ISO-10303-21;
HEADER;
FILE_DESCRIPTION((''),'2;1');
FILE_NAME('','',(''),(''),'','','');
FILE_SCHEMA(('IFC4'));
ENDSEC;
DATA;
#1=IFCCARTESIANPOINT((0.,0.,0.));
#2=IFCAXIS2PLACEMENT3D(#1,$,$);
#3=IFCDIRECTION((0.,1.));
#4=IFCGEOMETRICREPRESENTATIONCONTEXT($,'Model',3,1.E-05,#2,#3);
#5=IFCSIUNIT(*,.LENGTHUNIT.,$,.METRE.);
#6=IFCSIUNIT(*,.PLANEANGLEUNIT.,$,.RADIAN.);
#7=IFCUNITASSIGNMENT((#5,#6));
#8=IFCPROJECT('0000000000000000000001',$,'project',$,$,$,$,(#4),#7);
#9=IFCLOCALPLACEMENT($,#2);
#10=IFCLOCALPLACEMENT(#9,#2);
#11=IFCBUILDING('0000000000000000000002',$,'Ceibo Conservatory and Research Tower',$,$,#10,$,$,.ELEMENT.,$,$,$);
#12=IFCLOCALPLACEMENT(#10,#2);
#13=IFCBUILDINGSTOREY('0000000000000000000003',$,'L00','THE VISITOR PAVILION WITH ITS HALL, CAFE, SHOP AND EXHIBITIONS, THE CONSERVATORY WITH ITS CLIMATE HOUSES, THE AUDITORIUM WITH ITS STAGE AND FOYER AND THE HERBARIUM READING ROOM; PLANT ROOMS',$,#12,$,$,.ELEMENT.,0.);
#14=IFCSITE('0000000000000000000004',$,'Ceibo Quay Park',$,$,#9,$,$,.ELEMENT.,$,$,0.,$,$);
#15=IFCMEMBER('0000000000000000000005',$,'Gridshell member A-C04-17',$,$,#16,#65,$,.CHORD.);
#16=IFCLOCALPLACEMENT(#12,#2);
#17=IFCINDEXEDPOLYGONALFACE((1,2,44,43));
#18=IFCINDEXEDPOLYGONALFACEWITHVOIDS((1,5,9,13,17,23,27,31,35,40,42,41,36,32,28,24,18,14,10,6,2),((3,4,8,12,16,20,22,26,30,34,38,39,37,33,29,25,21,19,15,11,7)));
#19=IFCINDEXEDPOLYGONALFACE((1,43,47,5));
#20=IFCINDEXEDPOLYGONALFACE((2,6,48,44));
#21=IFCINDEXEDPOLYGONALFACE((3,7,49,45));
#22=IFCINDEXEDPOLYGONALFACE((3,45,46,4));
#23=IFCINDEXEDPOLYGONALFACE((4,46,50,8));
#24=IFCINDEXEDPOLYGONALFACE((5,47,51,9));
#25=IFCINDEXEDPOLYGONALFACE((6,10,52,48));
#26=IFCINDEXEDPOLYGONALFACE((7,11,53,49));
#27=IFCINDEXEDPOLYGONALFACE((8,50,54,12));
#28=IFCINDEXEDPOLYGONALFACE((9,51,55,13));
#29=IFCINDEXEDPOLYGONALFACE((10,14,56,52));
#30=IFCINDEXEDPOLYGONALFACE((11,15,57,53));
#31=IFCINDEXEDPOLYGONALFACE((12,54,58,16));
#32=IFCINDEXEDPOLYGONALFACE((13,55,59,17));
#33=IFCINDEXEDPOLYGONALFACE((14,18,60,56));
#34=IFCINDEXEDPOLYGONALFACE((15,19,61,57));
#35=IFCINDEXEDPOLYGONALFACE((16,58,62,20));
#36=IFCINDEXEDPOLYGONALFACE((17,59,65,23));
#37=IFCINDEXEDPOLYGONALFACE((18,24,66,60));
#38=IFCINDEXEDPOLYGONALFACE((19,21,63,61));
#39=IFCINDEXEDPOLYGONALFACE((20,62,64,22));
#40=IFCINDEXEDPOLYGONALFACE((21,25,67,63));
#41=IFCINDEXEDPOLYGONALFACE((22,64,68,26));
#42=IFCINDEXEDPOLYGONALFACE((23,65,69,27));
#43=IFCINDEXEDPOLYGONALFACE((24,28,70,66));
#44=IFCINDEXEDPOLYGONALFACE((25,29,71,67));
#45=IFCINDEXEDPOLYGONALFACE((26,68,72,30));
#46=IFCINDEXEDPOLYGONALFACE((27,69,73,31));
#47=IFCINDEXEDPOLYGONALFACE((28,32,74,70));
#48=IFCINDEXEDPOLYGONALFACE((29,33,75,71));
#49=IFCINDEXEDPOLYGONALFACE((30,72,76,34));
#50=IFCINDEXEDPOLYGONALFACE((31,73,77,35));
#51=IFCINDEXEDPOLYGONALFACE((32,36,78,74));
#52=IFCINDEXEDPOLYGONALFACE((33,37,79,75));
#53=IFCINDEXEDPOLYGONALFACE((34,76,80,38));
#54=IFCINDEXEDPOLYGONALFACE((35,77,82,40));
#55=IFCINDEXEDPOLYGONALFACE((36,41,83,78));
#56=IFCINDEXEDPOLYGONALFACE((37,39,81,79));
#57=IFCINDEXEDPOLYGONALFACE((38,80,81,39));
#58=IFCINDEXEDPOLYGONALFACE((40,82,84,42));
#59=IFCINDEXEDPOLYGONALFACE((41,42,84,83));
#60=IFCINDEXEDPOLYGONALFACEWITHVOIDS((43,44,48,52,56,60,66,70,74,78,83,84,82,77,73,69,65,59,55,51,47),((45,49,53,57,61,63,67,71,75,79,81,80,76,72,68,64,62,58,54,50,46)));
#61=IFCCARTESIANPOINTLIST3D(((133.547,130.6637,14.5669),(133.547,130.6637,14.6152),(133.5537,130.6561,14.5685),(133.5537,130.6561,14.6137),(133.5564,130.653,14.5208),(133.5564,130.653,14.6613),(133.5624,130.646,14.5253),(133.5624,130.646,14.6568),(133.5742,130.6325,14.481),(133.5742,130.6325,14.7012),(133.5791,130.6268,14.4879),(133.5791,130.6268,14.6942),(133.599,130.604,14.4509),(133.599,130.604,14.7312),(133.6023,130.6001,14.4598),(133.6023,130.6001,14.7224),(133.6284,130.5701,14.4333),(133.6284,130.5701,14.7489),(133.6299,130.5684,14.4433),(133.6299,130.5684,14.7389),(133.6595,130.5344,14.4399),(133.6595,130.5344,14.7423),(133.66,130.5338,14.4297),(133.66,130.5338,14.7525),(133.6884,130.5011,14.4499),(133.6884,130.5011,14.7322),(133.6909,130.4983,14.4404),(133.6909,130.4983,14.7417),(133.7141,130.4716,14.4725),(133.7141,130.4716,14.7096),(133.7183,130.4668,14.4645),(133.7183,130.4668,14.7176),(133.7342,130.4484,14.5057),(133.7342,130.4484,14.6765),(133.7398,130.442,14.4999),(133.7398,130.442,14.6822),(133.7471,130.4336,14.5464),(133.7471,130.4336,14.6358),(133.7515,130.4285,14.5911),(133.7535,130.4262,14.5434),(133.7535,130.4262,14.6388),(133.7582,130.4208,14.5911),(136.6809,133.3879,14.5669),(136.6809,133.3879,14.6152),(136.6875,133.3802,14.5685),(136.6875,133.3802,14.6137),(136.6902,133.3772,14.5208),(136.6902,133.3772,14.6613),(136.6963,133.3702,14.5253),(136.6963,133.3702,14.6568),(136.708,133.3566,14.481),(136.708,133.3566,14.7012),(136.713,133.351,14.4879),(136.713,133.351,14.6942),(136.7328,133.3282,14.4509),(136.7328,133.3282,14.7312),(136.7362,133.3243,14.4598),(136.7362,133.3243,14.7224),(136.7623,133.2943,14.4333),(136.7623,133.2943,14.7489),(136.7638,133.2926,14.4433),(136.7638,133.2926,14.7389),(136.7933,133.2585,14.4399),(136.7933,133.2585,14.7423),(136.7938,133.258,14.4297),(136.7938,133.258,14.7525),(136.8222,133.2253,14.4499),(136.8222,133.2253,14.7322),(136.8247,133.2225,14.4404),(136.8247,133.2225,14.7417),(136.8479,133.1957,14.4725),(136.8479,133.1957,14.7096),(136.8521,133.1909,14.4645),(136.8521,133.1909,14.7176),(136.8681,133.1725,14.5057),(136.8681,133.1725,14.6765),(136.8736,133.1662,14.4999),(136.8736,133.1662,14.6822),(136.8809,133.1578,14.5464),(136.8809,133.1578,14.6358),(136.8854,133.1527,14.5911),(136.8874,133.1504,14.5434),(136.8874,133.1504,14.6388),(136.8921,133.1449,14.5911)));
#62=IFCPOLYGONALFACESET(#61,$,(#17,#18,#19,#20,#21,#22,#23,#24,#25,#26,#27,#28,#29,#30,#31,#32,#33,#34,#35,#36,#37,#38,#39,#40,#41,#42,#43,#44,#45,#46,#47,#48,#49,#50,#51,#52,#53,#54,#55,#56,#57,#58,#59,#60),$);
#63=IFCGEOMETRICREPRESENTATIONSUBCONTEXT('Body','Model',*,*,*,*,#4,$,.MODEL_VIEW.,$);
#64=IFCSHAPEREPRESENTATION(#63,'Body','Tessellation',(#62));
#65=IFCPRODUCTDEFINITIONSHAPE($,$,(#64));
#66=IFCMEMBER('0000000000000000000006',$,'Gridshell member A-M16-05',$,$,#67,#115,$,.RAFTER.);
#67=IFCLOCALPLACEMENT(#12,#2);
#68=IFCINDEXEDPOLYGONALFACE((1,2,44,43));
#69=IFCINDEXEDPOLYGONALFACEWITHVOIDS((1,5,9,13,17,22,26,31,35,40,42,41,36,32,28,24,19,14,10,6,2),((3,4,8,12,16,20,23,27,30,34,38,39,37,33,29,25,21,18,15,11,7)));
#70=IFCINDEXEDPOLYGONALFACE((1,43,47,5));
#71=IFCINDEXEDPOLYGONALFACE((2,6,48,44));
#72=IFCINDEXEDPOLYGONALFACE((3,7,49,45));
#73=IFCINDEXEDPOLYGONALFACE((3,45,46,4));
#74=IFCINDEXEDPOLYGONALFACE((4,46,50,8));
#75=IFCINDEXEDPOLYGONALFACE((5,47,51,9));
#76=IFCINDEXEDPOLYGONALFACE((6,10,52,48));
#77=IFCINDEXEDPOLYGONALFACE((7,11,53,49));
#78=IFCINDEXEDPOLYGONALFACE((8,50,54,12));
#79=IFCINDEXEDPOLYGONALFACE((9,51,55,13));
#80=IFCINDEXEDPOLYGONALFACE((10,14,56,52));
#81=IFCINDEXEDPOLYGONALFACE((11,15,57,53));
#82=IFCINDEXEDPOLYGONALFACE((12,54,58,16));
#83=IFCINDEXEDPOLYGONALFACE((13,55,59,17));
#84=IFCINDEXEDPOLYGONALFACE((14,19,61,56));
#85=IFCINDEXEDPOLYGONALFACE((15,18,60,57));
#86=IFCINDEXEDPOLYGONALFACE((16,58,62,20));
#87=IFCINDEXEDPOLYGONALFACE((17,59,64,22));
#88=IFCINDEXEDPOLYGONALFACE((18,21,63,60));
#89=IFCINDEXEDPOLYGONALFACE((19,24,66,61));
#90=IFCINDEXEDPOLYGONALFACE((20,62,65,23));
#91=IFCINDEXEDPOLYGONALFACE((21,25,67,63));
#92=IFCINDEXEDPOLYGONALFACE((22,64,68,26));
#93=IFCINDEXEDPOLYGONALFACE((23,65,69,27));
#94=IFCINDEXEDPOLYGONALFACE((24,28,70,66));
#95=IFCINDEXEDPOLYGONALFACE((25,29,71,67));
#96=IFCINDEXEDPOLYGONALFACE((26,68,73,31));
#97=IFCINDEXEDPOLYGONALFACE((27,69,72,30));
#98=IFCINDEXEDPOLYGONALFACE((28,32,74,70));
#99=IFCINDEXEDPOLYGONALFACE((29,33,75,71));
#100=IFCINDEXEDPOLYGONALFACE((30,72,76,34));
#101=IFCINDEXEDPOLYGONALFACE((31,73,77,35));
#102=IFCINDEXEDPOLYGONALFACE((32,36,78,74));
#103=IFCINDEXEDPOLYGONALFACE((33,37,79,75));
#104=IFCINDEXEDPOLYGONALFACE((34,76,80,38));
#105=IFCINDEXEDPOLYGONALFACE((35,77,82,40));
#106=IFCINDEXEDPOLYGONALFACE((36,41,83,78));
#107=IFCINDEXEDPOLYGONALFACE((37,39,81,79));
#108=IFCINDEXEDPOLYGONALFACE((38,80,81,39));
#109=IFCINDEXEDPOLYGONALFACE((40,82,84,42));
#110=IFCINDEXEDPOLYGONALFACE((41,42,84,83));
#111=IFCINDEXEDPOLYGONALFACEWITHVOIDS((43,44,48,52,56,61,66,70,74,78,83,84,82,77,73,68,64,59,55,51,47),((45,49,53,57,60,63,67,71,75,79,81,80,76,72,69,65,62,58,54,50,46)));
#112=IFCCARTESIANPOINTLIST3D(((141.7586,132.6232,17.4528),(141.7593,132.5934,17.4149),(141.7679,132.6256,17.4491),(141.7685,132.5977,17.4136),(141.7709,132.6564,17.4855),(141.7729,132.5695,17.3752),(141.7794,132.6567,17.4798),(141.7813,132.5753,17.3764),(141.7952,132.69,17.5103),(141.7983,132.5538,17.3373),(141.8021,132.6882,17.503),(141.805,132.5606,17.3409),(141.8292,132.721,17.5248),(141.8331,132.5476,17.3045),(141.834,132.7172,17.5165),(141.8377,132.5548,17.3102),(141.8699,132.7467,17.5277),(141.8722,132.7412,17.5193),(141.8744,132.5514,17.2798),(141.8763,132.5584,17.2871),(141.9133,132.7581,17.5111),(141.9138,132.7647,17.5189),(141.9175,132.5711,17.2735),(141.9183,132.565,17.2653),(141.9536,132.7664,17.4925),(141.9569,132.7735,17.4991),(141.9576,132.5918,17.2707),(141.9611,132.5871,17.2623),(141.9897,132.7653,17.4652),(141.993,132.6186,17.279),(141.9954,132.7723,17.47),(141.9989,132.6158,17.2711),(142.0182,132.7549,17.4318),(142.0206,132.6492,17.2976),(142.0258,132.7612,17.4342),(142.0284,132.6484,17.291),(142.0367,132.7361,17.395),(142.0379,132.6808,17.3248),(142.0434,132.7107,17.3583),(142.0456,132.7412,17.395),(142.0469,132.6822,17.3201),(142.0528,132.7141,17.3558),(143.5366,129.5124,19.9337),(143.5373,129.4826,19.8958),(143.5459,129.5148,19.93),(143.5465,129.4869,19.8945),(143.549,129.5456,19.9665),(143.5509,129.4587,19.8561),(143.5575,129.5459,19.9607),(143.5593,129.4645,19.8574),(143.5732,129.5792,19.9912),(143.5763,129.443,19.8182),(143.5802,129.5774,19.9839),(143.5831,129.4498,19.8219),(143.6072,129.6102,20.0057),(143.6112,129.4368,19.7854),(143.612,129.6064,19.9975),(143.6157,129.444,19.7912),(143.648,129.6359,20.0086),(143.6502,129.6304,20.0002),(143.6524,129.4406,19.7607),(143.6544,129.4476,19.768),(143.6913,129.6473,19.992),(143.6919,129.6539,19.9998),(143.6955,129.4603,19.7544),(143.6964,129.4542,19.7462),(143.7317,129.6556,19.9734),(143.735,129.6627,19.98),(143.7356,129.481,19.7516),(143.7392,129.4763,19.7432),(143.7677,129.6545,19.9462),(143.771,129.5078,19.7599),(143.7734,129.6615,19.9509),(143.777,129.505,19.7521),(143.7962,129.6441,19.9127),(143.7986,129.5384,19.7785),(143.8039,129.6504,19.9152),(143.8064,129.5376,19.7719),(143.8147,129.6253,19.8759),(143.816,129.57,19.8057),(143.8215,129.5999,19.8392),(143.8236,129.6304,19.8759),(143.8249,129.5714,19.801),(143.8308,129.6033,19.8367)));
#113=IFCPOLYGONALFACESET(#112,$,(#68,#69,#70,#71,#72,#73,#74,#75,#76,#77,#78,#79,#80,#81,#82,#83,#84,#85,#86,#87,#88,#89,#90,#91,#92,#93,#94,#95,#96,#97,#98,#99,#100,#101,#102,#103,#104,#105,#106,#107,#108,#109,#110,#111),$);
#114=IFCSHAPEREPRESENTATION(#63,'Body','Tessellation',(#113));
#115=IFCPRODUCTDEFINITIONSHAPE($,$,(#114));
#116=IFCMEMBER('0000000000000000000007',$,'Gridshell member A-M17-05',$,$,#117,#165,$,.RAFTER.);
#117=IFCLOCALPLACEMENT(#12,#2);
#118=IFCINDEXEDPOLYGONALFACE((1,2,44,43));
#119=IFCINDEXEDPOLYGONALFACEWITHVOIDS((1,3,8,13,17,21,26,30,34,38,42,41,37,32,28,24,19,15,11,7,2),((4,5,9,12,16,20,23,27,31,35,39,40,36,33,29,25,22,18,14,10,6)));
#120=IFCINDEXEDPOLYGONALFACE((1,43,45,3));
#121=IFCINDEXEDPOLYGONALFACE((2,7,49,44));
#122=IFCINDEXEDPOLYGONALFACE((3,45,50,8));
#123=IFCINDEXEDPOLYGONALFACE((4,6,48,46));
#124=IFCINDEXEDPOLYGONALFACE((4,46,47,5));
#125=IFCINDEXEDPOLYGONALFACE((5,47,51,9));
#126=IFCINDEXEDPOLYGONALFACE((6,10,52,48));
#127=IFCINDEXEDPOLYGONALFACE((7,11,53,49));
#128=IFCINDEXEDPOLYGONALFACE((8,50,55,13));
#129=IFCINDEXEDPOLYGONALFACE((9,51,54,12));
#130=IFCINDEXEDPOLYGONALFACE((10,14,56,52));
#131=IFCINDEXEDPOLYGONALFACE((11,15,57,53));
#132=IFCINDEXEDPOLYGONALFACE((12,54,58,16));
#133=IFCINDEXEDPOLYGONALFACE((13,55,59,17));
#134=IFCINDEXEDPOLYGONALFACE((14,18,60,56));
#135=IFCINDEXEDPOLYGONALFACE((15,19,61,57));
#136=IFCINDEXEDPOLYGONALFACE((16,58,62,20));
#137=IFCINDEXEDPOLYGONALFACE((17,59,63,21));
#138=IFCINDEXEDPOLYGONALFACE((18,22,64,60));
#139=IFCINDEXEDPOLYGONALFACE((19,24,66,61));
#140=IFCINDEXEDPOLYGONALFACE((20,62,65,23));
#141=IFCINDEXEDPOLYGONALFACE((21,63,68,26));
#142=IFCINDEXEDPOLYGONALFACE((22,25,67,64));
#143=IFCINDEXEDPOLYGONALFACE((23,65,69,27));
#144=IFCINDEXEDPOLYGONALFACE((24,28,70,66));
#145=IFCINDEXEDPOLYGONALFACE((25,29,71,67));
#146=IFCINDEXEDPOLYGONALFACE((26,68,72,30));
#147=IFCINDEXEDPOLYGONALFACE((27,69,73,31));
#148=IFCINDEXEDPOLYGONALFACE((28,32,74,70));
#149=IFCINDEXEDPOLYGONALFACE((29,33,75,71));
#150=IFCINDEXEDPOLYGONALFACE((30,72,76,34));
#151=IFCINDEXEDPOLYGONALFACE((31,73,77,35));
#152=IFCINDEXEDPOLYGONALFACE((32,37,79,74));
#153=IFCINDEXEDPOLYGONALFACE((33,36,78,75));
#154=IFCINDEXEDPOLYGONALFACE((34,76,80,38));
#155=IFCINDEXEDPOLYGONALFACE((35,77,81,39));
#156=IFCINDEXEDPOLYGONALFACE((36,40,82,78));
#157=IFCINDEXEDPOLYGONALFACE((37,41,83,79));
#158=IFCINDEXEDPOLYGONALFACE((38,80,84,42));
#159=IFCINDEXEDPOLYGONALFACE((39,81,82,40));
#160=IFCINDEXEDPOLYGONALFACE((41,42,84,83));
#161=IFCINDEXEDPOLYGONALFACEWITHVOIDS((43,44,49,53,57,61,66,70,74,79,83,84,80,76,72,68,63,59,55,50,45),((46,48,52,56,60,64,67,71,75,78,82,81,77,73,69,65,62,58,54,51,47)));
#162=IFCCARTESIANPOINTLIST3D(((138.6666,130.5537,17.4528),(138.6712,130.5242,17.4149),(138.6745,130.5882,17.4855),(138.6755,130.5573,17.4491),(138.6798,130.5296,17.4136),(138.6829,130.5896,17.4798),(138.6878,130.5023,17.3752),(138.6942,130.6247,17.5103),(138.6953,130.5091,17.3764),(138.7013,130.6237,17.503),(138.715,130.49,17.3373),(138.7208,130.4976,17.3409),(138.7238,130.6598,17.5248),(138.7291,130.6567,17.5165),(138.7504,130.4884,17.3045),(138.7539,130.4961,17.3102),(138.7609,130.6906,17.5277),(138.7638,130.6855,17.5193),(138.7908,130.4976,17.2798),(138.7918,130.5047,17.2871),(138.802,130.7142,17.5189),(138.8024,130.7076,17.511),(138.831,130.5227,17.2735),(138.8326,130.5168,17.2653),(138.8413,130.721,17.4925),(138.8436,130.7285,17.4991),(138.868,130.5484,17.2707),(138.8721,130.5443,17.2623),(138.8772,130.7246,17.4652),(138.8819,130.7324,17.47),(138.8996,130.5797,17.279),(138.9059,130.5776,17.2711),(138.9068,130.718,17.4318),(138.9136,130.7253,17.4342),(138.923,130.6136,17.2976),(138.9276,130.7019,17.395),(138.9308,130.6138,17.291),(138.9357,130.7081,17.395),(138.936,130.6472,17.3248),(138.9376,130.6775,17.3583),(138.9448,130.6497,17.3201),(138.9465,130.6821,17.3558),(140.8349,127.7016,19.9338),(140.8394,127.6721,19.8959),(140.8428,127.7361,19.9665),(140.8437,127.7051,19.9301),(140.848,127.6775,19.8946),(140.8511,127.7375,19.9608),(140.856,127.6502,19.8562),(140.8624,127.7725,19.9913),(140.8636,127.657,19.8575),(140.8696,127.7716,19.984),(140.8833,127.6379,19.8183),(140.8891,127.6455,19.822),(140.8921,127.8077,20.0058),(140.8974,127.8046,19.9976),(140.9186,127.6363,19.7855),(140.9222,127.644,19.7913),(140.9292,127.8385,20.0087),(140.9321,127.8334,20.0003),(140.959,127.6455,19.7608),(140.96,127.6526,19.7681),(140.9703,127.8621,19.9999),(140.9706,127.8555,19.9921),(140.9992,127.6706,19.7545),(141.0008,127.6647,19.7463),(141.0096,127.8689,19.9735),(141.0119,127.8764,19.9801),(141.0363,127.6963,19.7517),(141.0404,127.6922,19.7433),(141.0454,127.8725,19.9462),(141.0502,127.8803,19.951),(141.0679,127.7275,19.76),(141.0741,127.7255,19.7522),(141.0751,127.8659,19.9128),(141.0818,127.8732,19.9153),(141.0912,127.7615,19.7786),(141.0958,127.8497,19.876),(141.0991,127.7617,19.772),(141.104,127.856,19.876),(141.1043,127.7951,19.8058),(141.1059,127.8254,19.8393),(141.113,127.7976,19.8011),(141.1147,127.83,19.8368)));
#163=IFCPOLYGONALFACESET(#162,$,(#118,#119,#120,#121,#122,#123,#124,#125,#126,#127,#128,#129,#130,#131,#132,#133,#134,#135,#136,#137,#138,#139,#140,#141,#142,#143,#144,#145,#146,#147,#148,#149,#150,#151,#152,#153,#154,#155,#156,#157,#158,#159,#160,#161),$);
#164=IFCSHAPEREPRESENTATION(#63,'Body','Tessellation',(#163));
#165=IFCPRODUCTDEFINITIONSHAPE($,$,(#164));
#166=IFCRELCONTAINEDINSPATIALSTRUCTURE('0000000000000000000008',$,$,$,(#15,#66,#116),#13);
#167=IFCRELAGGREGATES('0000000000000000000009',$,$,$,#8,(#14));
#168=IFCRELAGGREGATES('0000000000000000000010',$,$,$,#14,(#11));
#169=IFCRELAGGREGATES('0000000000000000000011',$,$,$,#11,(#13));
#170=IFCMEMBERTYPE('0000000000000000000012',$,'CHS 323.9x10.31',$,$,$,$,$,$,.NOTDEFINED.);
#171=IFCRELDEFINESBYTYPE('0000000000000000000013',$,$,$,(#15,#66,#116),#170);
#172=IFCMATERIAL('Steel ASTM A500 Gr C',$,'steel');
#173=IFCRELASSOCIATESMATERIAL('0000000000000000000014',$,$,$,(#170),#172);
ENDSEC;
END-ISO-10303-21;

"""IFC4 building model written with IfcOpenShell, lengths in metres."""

from ifc_helpers import new_model, si_unit, direction, frame, origin, origin_2d, place, context, subcontext, project, spatial, hollow_circle, extrude, material, material_profile, profile_set, type_object, element, save


model = new_model("IFC4")

# Units and contexts
model_context = context("Model", 3, precision=1e-05, world=origin(), true_north=direction((0.0, 1.0)))
body_context = subcontext(model_context, "Body", "Model", "MODEL_VIEW")
ifc_project = project(units=[si_unit("LENGTHUNIT", "METRE"), si_unit("PLANEANGLEUNIT", "RADIAN")], contexts=[model_context])

# Site, building, storey
site_placement = place(None, origin())
site = spatial("IfcSite", under=ifc_project, at=site_placement, Name="Ceibo Quay Park", CompositionType="ELEMENT", RefElevation=0.0)
building_placement = place(site_placement, origin())
building = spatial("IfcBuilding", under=site, at=building_placement, Name="Ceibo Conservatory and Research Tower", CompositionType="ELEMENT")
storey_placement = place(building_placement, origin())
storey = spatial("IfcBuildingStorey", under=building, at=storey_placement, Name="L00", Description="THE VISITOR PAVILION WITH ITS HALL, CAFE, SHOP AND EXHIBITIONS, THE CONSERVATORY WITH ITS CLIMATE HOUSES, THE AUDITORIUM WITH ITS STAGE AND FOYER AND THE HERBARIUM READING ROOM; PLANT ROOMS", CompositionType="ELEMENT", Elevation=0.0)

# Members
ifc_material_1 = material(Name="Steel ASTM A500 Gr C", Category="steel")
ifc_material_profile_1 = material_profile(ifc_material_1, hollow_circle(Radius=0.1619, WallThickness=0.0103, at=origin_2d()), Name="CHS 323.9x10.31")
ifc_profile_set_1 = profile_set([ifc_material_profile_1], Name="Steel ASTM A500 Gr C")
member_type_1 = type_object("IfcMemberType", Name="CHS 323.9x10.31", PredefinedType="NOTDEFINED", material=ifc_profile_set_1)
member_1_placement = place(storey_placement, frame((136.7859, 133.2671, 14.5911), z_axis=(-0.754714, -0.656054, 0.0), x_axis=(0.656054, -0.754714, 0.0)))
element("IfcMember", 1, at=member_1_placement, inside=storey, type_object=member_type_1, Name="Gridshell member A-C04-17", PredefinedType="CHORD", context=body_context, shape_type="SweptSolid", body=[
    extrude(hollow_circle(Radius=0.1619, WallThickness=0.0103, at=origin_2d()), origin(), (0.0, 0.0, 1.0), 4.1523),
])
member_2_placement = place(storey_placement, frame((141.905, 132.6609, 17.395), z_axis=(0.407983, -0.713788, 0.56926), x_axis=(0.868189, 0.496234, 0.0)))
element("IfcMember", 2, at=member_2_placement, inside=storey, type_object=member_type_1, Name="Gridshell member A-M16-05", PredefinedType="RAFTER", context=body_context, shape_type="SweptSolid", body=[
    extrude(hollow_circle(Radius=0.1619, WallThickness=0.0103, at=origin_2d()), origin(), (0.0, 0.0, 1.0), 4.3582),
])
member_3_placement = place(storey_placement, frame((138.8069, 130.6101, 17.395), z_axis=(0.497547, -0.654469, 0.569313), x_axis=(0.796074, 0.605199, 0.0)))
element("IfcMember", 3, at=member_3_placement, inside=storey, type_object=member_type_1, Name="Gridshell member A-M17-05", PredefinedType="RAFTER", context=body_context, shape_type="SweptSolid", body=[
    extrude(hollow_circle(Radius=0.1619, WallThickness=0.0103, at=origin_2d()), origin(), (0.0, 0.0, 1.0), 4.3579),
])

save(model, "model.ifc")
